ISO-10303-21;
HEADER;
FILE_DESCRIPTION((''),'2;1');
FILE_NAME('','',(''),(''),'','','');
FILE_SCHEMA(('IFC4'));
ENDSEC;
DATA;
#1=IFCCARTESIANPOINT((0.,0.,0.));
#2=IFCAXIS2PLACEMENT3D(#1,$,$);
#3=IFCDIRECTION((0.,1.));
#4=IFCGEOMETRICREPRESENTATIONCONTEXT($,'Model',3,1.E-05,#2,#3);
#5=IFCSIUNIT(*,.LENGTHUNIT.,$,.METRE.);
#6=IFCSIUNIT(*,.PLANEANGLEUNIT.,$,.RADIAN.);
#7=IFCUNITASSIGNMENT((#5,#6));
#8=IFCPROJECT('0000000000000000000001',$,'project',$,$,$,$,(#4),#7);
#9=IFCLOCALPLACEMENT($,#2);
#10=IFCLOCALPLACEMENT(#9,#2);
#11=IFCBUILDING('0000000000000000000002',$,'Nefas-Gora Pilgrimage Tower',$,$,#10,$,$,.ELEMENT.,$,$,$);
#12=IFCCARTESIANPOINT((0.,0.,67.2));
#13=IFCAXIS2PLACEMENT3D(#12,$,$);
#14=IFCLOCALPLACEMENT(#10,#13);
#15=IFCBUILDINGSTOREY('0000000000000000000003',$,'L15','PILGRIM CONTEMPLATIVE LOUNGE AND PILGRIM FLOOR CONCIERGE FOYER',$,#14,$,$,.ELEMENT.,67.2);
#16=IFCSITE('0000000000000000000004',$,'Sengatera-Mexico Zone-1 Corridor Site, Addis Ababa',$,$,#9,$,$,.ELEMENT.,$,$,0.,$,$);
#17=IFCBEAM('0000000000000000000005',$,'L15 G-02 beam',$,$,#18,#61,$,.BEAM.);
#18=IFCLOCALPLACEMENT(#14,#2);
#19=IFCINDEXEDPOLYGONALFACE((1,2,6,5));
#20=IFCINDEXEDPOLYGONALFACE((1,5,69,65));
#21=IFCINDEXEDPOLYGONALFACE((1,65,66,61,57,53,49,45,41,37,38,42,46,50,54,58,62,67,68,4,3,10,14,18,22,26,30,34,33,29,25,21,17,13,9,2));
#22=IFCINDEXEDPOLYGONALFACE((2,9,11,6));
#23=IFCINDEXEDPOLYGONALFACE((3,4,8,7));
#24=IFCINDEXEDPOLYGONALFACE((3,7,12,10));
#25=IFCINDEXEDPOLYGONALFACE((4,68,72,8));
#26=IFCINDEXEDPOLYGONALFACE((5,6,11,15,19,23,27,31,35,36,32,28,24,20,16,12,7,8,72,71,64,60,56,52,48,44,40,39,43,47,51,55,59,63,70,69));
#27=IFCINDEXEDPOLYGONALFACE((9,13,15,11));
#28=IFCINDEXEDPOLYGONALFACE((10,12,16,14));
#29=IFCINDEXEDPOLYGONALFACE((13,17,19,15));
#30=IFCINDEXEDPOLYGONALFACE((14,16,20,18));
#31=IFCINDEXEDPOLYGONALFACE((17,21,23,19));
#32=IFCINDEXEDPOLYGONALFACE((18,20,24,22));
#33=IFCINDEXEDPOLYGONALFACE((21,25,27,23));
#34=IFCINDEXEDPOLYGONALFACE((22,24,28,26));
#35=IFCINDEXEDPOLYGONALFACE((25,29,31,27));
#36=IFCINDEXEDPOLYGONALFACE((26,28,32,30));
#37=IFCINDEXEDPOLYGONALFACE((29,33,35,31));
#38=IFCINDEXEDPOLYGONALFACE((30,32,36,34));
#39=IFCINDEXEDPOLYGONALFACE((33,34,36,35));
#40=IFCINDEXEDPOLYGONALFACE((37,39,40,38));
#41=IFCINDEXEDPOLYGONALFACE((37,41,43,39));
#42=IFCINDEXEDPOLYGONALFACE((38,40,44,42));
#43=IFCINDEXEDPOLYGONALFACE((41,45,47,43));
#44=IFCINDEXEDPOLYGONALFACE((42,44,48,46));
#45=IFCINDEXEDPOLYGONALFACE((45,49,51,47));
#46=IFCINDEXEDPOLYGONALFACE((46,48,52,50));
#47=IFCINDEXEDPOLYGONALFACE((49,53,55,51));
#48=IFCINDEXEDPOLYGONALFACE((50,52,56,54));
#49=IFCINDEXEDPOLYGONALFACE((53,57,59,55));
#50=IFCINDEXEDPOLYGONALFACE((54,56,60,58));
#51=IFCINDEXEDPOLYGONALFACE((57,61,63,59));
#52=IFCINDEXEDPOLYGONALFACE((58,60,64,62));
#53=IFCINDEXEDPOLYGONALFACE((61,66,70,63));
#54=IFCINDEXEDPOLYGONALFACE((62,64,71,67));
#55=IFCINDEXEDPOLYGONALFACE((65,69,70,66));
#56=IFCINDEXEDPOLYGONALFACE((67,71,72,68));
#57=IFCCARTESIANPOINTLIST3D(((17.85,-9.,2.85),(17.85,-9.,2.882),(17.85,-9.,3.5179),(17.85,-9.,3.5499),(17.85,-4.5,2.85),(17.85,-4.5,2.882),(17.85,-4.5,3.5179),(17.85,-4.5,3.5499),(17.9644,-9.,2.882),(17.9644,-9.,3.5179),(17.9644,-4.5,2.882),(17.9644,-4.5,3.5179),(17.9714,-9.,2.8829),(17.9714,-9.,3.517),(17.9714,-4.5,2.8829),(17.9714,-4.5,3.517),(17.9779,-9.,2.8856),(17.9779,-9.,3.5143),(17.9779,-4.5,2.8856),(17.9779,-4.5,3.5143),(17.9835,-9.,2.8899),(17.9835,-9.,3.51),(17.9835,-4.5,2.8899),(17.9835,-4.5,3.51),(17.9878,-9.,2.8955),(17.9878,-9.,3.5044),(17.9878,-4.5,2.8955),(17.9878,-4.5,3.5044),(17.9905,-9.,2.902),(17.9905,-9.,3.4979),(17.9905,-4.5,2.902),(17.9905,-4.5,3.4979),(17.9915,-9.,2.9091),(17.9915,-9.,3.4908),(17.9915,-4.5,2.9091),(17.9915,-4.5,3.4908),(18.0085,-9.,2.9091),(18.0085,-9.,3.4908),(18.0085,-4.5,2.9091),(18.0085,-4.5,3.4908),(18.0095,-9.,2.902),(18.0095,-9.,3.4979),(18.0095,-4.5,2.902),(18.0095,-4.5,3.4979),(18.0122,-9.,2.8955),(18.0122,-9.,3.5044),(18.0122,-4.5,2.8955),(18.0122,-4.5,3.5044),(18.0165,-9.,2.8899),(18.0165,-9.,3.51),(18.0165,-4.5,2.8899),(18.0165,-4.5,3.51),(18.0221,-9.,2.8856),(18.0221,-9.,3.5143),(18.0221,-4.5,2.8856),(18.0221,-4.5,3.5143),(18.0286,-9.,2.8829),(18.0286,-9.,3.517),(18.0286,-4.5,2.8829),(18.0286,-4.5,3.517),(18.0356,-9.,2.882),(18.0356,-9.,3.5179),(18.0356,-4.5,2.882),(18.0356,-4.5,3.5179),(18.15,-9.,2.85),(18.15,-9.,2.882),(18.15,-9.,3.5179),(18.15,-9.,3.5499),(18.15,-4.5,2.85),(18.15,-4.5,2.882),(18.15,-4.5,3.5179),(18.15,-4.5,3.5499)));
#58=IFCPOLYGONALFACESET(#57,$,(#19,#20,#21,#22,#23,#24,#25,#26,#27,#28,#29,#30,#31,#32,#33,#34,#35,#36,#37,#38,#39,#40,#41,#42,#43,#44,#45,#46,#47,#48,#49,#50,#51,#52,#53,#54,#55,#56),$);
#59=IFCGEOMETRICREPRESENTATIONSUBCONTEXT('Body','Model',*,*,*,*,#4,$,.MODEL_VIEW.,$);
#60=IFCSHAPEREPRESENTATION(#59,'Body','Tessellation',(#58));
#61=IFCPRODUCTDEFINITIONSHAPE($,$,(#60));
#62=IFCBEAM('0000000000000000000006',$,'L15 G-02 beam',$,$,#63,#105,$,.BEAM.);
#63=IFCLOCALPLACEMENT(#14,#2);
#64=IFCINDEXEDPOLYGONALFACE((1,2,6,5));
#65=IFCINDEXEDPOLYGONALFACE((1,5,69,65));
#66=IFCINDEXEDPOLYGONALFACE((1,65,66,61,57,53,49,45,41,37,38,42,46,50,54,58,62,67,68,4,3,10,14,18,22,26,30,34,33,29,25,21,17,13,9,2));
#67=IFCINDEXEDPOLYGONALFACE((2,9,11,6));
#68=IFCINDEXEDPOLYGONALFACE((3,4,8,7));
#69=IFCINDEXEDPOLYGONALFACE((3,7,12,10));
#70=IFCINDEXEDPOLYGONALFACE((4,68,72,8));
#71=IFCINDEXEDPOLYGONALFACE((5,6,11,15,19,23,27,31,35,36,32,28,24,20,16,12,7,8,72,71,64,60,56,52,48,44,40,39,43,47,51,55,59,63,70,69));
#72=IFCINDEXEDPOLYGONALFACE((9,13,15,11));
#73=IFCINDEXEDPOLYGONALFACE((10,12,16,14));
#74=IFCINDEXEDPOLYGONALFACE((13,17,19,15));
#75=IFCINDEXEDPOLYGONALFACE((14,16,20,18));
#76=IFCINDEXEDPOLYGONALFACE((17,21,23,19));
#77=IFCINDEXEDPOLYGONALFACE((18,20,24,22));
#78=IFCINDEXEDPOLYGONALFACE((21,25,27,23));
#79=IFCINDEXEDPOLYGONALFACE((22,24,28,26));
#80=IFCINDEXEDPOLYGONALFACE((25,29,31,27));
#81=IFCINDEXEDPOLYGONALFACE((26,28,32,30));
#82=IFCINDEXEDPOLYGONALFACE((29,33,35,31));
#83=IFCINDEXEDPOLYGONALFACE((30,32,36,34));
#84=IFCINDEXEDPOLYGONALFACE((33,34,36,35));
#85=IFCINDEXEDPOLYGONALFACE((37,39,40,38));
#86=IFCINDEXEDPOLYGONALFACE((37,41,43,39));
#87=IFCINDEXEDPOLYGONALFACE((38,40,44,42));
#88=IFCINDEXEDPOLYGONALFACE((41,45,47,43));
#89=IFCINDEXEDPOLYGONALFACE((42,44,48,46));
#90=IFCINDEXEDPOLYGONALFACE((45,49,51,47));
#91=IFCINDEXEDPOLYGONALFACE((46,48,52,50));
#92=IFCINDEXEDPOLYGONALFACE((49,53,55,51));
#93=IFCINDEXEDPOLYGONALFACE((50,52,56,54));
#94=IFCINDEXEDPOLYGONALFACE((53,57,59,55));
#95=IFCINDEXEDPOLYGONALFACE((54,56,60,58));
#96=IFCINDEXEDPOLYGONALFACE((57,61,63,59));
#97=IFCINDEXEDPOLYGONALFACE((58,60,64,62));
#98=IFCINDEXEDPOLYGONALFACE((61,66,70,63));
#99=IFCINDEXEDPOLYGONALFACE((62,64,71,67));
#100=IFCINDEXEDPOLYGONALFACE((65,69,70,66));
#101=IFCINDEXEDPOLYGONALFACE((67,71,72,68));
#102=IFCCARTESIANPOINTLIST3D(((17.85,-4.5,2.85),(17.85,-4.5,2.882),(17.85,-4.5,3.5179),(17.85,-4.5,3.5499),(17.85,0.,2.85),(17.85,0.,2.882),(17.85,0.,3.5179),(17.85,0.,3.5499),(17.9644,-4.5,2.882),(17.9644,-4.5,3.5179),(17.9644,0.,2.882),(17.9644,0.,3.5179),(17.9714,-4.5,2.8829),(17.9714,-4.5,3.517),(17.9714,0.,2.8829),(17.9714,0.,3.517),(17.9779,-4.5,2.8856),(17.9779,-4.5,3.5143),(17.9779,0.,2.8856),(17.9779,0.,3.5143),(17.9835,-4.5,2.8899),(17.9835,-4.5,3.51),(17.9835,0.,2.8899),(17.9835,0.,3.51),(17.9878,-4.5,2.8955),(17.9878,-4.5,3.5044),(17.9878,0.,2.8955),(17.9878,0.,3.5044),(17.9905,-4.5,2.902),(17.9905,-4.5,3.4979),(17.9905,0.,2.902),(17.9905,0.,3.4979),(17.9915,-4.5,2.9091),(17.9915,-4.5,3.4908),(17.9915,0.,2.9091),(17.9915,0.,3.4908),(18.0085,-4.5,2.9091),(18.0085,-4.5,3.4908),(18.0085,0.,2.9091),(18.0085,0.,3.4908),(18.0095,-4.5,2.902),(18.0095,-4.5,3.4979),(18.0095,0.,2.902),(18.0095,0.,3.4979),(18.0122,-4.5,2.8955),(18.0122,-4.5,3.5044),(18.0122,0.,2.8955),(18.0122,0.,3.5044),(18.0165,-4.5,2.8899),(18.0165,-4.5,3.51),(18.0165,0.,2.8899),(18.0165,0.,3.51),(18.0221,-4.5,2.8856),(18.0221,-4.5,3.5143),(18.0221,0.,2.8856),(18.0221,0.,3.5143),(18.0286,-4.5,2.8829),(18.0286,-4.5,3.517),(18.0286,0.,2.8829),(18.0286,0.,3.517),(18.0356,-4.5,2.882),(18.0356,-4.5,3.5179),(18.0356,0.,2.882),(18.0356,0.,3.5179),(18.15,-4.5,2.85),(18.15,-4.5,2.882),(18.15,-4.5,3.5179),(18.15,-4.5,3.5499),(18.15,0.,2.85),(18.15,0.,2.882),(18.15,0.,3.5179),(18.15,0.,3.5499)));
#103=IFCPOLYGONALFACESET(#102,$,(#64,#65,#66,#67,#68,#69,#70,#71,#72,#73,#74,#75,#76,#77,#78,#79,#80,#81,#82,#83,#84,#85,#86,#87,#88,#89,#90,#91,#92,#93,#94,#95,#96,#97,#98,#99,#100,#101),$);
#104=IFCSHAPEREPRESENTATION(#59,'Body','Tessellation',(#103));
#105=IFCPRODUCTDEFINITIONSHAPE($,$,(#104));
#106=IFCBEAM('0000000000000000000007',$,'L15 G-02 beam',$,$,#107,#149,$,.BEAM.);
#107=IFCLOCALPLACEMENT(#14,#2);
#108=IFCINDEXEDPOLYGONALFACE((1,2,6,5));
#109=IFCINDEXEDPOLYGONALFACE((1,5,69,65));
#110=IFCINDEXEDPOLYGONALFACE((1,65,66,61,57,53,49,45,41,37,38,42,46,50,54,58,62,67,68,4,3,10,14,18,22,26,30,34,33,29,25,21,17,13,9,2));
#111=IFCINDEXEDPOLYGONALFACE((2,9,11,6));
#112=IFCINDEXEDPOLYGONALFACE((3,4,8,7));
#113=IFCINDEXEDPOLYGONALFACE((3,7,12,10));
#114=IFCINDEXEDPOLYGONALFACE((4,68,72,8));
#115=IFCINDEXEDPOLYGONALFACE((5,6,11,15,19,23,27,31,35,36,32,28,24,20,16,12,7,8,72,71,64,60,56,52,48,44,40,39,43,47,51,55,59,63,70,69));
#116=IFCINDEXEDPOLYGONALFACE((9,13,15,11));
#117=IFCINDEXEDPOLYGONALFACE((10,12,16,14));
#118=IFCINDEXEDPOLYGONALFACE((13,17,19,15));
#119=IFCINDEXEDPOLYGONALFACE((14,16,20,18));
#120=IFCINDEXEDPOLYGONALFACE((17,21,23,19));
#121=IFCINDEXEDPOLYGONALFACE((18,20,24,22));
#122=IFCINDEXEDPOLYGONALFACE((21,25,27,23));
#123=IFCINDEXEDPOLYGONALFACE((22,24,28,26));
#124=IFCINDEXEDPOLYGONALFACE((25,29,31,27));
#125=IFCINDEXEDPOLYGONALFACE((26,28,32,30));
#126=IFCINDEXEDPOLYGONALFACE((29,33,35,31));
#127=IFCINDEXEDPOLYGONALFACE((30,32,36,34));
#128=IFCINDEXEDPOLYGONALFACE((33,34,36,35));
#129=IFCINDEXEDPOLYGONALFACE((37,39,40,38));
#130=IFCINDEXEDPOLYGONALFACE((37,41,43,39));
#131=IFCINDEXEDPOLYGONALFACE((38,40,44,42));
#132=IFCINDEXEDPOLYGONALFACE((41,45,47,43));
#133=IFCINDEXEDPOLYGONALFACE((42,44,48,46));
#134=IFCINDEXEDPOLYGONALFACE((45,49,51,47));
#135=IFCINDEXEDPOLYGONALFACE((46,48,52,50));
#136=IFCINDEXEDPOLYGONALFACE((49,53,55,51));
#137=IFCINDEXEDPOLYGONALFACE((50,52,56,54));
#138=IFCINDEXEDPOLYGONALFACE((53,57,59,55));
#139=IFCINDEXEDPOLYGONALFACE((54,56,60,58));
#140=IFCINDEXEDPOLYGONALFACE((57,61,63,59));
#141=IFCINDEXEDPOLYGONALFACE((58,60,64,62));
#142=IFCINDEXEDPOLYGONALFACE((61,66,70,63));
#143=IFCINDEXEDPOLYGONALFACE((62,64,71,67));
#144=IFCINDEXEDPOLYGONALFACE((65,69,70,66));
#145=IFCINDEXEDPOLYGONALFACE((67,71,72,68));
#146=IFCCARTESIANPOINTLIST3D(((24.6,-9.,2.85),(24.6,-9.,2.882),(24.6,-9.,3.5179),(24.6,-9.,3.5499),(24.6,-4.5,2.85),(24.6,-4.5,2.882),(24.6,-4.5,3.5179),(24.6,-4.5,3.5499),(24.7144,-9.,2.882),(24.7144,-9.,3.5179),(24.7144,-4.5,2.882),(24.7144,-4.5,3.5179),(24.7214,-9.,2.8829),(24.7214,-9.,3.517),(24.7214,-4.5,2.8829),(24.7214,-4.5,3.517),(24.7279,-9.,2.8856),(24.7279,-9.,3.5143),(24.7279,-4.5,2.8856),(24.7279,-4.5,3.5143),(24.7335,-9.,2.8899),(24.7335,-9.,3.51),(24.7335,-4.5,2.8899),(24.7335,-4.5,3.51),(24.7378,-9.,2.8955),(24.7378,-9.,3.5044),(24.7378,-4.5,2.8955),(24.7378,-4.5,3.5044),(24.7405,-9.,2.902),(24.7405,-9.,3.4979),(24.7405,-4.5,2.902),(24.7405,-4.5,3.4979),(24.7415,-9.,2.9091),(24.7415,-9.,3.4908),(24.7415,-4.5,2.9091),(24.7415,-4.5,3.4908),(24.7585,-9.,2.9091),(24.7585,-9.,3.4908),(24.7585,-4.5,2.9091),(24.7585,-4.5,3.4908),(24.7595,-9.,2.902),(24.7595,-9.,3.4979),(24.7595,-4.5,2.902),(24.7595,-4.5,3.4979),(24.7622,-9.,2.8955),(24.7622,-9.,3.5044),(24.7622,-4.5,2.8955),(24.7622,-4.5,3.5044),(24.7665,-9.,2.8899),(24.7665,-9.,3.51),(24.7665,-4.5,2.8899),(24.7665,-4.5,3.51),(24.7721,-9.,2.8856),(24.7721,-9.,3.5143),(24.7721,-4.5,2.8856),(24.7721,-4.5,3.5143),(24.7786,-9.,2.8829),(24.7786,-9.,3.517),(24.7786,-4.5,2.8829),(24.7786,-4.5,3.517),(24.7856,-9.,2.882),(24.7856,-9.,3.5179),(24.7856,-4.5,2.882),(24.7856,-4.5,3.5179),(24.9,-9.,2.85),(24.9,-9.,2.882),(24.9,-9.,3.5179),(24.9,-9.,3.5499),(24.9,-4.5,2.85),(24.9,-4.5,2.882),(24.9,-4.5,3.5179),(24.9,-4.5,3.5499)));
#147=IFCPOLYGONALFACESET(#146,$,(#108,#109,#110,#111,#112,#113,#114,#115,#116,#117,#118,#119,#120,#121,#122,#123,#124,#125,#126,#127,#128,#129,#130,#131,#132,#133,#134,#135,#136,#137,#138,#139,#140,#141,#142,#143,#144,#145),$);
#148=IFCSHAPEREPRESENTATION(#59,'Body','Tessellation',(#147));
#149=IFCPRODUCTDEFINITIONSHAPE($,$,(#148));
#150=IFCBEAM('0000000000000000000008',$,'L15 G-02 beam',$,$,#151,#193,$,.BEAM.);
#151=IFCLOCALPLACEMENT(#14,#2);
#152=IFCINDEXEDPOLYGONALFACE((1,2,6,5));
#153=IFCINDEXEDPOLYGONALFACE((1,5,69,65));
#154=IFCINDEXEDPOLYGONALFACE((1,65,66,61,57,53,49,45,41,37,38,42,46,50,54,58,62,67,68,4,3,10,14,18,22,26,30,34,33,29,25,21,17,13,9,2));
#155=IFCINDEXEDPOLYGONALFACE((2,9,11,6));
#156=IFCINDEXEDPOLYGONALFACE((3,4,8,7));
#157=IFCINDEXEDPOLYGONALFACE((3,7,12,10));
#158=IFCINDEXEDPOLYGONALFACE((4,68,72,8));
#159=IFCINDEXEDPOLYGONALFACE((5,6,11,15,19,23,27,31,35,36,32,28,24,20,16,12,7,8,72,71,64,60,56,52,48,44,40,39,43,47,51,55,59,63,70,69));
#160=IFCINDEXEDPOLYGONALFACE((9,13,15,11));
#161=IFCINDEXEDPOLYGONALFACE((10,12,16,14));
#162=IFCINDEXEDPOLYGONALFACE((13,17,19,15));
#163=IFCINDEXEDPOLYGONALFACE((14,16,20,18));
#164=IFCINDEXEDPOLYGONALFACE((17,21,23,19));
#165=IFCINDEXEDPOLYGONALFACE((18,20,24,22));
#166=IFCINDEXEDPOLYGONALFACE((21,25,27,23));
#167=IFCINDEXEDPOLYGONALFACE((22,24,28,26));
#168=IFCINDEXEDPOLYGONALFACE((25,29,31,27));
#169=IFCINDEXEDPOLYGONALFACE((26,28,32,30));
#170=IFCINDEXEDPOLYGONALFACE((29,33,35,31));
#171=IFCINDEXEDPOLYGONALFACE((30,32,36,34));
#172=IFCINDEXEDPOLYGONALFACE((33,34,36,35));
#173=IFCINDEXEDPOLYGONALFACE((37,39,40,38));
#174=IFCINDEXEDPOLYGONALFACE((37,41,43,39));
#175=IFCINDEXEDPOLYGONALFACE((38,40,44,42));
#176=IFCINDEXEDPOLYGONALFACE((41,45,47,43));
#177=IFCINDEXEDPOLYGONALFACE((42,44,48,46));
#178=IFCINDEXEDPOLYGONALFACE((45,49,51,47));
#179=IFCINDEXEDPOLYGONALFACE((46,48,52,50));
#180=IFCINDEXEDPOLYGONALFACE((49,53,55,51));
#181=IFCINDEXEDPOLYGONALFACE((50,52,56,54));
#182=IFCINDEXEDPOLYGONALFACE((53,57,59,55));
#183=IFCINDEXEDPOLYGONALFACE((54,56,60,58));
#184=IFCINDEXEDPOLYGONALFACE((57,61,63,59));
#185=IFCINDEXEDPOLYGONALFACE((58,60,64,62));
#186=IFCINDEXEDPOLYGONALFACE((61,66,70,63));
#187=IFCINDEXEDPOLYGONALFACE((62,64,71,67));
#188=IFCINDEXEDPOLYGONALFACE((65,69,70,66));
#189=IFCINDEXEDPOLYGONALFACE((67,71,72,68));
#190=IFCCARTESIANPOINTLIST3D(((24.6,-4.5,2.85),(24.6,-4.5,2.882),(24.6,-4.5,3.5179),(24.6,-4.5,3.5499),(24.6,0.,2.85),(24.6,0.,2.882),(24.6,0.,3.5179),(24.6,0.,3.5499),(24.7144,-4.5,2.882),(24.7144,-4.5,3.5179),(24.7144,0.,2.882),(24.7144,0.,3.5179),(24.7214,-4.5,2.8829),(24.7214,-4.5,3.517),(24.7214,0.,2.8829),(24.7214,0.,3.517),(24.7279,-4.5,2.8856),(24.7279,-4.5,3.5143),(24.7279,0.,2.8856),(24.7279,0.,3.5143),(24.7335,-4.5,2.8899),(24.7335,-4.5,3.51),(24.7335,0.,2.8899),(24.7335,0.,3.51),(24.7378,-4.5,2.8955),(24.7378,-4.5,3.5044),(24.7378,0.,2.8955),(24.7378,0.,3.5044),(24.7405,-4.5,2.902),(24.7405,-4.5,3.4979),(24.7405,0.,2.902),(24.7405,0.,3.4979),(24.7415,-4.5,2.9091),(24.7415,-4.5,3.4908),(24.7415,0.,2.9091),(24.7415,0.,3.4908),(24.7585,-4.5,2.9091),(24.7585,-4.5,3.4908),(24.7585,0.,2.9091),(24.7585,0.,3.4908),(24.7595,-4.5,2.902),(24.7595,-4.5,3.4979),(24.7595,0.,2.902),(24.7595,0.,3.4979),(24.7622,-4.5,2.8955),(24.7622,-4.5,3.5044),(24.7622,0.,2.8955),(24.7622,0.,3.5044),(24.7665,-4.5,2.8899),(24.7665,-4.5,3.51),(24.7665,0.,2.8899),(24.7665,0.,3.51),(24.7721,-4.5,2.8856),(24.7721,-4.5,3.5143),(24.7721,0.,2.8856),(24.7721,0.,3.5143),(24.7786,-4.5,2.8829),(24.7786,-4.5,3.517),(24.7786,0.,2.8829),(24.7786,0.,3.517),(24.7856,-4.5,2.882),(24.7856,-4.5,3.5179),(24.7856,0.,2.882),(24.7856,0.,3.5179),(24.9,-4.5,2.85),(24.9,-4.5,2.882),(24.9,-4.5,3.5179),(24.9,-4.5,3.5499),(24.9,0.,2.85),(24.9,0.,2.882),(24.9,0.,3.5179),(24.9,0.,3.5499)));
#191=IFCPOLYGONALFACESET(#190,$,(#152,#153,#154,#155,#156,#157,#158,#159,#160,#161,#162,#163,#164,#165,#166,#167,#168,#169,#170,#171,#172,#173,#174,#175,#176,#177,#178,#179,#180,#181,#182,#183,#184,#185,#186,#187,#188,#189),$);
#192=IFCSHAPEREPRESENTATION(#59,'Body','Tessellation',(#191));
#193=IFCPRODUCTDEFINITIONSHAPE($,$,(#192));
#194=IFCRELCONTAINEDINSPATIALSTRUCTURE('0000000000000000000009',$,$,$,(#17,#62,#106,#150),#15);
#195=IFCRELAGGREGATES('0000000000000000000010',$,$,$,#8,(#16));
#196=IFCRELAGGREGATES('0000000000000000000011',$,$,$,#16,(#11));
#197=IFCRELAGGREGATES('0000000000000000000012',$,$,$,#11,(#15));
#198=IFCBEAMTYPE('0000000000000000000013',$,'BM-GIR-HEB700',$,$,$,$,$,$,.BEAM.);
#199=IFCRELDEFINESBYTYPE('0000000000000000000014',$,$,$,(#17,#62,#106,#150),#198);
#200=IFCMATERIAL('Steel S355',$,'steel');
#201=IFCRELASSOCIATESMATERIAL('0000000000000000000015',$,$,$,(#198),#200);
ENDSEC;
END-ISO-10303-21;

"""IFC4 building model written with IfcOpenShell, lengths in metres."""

from ifc_helpers import new_model, si_unit, direction, frame, origin, origin_2d, place, context, subcontext, project, spatial, i_section, extrude, source, transform, mapped, material, material_profile, profile_set, type_object, element, save


model = new_model("IFC4")

# Units and contexts
model_context = context("Model", 3, precision=1e-05, world=origin(), true_north=direction((0.0, 1.0)))
body_context = subcontext(model_context, "Body", "Model", "MODEL_VIEW")
ifc_project = project(units=[si_unit("LENGTHUNIT", "METRE"), si_unit("PLANEANGLEUNIT", "RADIAN")], contexts=[model_context])

# Site, building, storey
site_placement = place(None, origin())
site = spatial("IfcSite", under=ifc_project, at=site_placement, Name="Sengatera-Mexico Zone-1 Corridor Site, Addis Ababa", CompositionType="ELEMENT", RefElevation=0.0)
building_placement = place(site_placement, origin())
building = spatial("IfcBuilding", under=site, at=building_placement, Name="Nefas-Gora Pilgrimage Tower", CompositionType="ELEMENT")
storey_placement = place(building_placement, frame((0.0, 0.0, 67.2)))
storey = spatial("IfcBuildingStorey", under=building, at=storey_placement, Name="L15", Description="PILGRIM CONTEMPLATIVE LOUNGE AND PILGRIM FLOOR CONCIERGE FOYER", CompositionType="ELEMENT", Elevation=67.2)

# Beams
ifc_material_1 = material(Name="Steel S355", Category="steel")
ifc_material_profile_1 = material_profile(ifc_material_1, i_section(OverallWidth=0.3, OverallDepth=0.7, WebThickness=0.0171, FlangeThickness=0.032, FilletRadius=0.0271, at=origin_2d()), Name="HEB 700")
ifc_profile_set_1 = profile_set([ifc_material_profile_1], Name="Steel S355")
beam_type_1 = type_object("IfcBeamType", Name="BM-GIR-HEB700", PredefinedType="BEAM", material=ifc_profile_set_1)
shared_shape_1 = source(origin(), body_context, "Body", "SweptSolid", [
    extrude(i_section(OverallWidth=0.3, OverallDepth=0.7, WebThickness=0.0171, FlangeThickness=0.032, FilletRadius=0.0271, at=origin_2d()), origin(), (0.0, 0.0, 1.0), 4.5),
])
for number, where, z_axis, x_axis, name in (
    (1, (18.0, -9.0, 3.2), (0.0, 1.0, 0.0), (-1.0, 0.0, 0.0), "L15 G-02 beam"),
    (2, (18.0, -4.5, 3.2), (0.0, 1.0, 0.0), (-1.0, 0.0, 0.0), "L15 G-02 beam"),
    (3, (24.75, -9.0, 3.2), (0.0, 1.0, 0.0), (-1.0, 0.0, 0.0), "L15 G-02 beam"),
    (4, (24.75, -4.5, 3.2), (0.0, 1.0, 0.0), (-1.0, 0.0, 0.0), "L15 G-02 beam"),
):
    element("IfcBeam", number, at=place(storey_placement, frame(where, z_axis=z_axis, x_axis=x_axis)), inside=storey, type_object=beam_type_1, Name=name, PredefinedType="BEAM", context=body_context, shape_type="MappedRepresentation", body=[
        mapped(shared_shape_1, transform((0.0, 0.0, 0.0), x_axis=(1.0, 0.0, 0.0), y_axis=(0.0, 1.0, 0.0), z_axis=(0.0, 0.0, 1.0), scale=1.0)),
    ])

save(model, "model.ifc")
